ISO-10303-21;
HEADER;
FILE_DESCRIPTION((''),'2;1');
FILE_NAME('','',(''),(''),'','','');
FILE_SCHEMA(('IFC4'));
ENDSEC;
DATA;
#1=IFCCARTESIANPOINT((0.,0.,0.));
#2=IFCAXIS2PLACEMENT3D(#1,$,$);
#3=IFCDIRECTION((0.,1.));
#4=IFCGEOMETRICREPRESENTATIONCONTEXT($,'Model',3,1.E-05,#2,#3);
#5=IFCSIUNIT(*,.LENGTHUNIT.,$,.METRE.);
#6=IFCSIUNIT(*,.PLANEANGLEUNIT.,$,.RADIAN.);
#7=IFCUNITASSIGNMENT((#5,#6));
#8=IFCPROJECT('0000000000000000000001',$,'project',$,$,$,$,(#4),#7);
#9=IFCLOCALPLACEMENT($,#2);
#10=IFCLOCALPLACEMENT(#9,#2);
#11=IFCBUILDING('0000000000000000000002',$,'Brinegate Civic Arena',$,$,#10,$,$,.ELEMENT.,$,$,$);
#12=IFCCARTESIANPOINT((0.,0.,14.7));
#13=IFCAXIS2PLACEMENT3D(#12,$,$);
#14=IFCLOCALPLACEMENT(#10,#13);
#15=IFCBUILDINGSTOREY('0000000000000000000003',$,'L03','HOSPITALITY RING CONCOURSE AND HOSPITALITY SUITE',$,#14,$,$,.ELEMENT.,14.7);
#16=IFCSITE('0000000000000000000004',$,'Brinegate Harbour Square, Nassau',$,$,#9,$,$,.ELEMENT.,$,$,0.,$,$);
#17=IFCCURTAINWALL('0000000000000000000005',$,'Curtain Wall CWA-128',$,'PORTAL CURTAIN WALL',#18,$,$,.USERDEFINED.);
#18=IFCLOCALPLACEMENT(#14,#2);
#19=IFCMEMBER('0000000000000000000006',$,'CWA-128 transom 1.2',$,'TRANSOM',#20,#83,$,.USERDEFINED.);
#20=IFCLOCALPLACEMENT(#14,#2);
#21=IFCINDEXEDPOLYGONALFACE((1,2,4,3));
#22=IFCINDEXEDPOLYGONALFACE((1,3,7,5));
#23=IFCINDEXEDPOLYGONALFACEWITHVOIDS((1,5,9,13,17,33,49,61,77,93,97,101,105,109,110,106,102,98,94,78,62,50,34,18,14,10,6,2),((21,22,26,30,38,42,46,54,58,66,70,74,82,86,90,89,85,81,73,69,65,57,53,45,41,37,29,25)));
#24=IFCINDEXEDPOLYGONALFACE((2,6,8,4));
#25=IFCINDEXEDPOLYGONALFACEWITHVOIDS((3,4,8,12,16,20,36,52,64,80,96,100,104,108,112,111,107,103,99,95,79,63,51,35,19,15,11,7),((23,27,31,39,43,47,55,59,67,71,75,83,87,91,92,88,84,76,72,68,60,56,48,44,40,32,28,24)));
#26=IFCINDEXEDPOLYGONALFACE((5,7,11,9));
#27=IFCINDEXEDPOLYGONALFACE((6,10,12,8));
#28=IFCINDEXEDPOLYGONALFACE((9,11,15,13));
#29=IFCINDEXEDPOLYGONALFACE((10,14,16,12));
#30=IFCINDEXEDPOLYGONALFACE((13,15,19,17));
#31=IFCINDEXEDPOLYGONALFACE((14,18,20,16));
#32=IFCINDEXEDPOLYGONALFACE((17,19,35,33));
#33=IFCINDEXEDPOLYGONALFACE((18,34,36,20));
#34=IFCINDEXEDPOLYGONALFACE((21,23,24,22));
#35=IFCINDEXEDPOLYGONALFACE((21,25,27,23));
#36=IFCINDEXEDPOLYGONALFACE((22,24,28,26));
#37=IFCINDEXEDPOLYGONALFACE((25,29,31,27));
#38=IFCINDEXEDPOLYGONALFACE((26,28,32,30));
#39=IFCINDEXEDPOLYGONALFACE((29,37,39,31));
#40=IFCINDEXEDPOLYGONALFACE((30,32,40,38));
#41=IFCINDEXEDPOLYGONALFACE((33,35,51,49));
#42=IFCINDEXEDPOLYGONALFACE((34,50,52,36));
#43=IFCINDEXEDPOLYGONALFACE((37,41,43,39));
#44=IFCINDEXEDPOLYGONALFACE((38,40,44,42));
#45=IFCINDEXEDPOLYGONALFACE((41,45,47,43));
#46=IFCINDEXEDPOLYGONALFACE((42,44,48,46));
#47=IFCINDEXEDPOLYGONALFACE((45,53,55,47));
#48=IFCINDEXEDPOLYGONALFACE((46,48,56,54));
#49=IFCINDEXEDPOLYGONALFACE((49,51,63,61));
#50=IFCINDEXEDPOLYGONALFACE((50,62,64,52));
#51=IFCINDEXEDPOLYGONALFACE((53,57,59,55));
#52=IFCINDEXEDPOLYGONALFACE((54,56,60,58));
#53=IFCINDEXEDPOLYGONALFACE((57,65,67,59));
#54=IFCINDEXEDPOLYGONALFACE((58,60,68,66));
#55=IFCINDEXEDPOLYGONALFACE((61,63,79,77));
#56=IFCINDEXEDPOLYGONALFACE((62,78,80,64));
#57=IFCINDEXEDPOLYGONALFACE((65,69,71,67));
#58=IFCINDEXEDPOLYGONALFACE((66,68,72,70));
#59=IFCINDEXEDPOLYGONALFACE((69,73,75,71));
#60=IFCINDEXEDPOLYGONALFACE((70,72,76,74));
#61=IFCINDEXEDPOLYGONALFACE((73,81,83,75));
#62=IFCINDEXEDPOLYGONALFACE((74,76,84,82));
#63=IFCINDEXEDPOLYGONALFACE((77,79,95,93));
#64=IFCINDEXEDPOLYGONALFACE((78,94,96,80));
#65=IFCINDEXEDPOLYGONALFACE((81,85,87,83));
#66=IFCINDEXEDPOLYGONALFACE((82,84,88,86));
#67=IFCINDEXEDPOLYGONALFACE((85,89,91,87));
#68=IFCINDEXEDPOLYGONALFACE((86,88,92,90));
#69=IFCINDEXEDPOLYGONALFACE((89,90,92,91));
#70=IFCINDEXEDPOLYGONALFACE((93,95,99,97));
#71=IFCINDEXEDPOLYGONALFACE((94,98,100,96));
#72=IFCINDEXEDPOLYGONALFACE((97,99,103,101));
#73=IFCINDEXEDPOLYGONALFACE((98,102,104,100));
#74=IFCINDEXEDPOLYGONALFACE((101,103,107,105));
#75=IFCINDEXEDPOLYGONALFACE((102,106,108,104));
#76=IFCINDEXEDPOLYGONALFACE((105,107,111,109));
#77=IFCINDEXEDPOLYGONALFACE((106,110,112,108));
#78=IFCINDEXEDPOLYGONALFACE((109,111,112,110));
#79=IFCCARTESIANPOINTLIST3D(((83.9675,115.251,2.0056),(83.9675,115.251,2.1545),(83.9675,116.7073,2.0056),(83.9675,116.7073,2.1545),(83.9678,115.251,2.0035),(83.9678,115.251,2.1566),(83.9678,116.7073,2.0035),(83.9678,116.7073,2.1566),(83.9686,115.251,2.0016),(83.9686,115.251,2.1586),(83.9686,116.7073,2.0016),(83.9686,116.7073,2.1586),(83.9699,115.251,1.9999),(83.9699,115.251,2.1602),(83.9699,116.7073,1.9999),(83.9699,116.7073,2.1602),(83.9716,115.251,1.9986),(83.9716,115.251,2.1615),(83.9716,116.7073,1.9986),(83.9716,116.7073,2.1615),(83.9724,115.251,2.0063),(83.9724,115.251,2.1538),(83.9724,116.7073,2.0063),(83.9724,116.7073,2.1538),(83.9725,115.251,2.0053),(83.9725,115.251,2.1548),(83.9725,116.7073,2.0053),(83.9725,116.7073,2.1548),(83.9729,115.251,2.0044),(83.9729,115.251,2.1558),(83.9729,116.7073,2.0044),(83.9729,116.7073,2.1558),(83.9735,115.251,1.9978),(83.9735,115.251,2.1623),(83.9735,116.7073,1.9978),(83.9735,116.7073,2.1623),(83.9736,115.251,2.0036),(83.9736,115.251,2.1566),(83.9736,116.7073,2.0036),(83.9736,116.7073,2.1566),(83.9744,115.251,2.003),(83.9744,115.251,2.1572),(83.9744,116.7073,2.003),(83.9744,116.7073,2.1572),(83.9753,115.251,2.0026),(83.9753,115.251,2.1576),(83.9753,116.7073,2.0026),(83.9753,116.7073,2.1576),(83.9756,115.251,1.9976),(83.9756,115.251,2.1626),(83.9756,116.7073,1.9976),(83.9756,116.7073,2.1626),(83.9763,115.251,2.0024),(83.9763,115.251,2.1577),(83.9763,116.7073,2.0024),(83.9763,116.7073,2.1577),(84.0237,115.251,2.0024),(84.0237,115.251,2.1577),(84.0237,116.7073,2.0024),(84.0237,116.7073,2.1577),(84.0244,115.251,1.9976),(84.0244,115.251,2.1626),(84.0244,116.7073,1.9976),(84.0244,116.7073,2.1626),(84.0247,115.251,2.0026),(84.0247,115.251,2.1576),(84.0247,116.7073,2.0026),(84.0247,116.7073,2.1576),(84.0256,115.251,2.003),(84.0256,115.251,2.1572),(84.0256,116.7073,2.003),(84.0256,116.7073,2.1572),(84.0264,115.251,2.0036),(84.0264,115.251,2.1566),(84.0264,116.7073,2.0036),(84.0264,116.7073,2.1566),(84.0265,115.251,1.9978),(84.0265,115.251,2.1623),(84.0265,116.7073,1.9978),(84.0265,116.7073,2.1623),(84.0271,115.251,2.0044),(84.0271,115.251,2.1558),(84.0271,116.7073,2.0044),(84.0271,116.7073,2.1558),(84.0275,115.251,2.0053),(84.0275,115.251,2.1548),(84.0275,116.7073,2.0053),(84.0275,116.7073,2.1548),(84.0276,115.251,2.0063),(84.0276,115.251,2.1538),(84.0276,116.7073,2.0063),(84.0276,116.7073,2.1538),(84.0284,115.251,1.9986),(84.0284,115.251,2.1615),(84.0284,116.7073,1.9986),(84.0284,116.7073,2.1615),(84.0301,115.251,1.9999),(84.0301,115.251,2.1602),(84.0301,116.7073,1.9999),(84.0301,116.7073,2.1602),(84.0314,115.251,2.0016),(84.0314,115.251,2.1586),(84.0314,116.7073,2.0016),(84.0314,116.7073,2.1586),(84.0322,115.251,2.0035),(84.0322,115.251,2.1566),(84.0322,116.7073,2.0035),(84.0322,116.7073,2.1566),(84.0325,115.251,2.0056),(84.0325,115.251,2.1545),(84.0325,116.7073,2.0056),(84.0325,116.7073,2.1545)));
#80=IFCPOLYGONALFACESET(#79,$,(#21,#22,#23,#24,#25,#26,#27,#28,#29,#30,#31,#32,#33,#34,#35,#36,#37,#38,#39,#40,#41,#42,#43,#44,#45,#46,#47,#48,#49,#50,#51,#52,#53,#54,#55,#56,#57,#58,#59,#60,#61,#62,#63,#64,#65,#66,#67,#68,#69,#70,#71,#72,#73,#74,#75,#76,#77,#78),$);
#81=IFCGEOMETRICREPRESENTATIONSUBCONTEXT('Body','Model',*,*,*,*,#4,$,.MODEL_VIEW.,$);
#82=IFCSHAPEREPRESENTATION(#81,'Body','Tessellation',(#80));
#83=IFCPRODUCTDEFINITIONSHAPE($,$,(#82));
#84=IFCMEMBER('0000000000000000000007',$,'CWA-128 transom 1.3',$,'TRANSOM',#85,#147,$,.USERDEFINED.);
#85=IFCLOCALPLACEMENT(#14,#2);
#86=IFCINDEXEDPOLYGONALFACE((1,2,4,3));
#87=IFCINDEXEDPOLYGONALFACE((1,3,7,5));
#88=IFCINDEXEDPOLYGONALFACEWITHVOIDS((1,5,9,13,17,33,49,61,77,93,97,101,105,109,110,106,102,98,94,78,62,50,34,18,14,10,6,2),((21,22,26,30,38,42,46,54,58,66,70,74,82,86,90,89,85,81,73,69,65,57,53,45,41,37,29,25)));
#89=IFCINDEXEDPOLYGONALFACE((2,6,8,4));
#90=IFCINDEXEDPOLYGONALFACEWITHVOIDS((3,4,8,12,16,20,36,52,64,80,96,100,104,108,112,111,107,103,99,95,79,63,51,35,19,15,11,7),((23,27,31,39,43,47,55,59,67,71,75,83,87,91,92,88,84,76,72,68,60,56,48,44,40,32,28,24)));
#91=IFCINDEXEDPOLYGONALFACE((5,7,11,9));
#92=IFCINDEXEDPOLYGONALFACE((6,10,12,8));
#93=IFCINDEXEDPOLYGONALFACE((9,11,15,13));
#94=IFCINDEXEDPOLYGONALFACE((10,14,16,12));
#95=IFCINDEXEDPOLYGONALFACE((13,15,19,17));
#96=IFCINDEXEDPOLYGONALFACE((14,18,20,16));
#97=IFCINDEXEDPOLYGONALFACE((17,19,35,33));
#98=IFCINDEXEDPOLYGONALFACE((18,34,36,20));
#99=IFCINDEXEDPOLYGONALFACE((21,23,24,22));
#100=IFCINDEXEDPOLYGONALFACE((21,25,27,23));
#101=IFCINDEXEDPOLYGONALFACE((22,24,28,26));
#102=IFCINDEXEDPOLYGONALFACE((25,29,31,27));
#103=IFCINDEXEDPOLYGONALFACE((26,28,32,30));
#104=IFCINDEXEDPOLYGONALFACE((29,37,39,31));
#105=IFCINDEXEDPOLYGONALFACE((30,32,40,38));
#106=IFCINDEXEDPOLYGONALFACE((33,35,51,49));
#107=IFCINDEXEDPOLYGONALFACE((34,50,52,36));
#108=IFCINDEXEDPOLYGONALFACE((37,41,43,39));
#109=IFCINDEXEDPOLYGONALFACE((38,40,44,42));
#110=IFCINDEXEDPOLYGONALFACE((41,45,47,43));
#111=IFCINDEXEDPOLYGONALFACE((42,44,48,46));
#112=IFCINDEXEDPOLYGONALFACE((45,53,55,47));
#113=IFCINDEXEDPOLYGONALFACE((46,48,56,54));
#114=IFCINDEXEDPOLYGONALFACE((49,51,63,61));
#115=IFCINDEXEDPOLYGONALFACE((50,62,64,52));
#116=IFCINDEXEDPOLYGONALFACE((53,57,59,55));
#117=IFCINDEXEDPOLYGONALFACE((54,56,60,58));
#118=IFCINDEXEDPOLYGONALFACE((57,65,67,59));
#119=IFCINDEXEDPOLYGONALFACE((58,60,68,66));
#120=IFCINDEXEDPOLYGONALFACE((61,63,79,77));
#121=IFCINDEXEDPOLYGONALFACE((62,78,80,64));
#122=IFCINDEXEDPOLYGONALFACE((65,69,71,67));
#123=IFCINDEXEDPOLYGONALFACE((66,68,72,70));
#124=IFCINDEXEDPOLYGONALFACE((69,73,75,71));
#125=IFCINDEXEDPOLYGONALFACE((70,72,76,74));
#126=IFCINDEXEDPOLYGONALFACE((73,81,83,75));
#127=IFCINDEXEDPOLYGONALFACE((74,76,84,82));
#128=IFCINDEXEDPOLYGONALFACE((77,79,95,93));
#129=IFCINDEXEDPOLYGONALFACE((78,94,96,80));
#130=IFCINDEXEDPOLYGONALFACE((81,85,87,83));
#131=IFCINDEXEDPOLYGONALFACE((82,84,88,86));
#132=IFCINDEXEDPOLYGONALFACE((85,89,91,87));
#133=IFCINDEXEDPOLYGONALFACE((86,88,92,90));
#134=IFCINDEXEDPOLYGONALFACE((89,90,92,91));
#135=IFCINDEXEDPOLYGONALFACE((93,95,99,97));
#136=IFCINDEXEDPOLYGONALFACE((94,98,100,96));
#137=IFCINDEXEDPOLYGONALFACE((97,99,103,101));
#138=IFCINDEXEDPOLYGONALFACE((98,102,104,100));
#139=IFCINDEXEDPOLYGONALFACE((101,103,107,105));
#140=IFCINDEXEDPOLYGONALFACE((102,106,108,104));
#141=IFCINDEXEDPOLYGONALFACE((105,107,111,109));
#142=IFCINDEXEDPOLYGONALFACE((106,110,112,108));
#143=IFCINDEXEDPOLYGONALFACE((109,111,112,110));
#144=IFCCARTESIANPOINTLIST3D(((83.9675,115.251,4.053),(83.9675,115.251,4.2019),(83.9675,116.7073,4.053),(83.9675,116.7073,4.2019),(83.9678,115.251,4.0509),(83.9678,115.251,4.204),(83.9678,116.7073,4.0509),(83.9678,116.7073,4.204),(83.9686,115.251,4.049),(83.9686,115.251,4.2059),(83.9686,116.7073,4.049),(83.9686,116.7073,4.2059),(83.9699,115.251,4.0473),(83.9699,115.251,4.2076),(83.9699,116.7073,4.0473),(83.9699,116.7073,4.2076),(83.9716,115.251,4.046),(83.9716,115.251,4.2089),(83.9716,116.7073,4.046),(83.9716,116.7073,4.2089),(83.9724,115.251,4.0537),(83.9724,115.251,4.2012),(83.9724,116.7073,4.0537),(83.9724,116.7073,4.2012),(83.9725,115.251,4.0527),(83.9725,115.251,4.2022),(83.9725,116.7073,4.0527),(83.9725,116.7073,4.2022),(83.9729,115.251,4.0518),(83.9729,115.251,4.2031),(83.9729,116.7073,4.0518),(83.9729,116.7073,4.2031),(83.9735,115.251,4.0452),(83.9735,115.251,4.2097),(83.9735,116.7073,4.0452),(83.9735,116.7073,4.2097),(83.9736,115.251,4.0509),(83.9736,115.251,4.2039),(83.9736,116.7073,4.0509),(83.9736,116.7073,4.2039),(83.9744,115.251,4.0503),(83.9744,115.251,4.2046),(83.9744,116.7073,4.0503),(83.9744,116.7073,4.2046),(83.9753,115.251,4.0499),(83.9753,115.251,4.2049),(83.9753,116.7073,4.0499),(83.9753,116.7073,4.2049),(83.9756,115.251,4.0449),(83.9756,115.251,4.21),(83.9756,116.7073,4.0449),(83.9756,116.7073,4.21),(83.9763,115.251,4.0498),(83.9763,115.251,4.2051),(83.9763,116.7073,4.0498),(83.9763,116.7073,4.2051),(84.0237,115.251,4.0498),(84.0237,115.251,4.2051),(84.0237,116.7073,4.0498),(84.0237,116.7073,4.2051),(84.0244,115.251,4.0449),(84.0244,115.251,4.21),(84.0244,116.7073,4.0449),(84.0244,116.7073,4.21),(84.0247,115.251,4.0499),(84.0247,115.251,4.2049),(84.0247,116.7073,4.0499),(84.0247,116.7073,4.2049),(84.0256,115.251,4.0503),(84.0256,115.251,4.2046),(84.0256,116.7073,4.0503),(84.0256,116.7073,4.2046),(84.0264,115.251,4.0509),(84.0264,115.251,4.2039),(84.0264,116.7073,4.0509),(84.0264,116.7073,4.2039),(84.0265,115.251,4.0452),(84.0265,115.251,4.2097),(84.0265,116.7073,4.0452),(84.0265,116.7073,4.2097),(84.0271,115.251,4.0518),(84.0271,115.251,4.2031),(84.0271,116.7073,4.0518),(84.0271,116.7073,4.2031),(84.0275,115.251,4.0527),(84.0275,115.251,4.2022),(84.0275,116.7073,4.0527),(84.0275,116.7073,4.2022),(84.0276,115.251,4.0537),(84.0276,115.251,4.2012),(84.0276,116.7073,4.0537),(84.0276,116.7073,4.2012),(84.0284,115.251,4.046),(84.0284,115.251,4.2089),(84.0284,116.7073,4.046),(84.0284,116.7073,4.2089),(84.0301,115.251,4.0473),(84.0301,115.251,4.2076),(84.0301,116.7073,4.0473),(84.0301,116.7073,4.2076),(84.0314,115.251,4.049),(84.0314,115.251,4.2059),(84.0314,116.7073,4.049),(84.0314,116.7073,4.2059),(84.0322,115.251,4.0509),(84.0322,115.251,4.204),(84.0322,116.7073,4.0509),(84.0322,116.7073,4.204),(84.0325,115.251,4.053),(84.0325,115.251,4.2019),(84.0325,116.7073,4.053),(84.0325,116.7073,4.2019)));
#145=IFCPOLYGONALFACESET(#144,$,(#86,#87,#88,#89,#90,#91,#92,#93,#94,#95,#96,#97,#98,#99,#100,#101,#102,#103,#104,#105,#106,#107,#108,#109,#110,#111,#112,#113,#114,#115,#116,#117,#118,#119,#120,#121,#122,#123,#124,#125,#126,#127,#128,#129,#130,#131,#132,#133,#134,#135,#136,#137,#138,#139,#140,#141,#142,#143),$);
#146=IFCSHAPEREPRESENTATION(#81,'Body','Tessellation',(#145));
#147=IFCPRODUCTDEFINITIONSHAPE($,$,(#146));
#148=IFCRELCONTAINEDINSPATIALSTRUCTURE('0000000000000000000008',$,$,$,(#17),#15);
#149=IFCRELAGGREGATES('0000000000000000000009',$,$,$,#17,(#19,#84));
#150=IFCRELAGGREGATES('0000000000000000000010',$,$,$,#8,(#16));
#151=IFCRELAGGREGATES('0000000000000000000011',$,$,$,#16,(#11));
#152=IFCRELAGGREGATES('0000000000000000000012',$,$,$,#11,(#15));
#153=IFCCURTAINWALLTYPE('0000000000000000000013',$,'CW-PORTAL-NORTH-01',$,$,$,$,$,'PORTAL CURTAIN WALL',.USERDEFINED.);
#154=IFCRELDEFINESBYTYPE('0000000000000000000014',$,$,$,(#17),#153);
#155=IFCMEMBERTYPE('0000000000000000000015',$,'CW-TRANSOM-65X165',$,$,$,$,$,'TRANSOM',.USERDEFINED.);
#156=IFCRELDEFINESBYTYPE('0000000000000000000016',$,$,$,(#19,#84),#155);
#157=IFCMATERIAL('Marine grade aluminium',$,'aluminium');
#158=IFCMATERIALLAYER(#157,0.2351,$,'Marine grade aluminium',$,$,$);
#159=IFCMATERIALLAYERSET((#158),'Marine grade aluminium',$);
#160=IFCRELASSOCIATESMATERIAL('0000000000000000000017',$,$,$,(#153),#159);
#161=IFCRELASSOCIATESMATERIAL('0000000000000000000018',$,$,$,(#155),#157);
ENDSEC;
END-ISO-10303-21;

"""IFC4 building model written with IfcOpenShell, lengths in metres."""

from ifc_helpers import new_model, si_unit, direction, frame, origin, origin_2d, place, context, subcontext, project, spatial, hollow_rectangle, extrude, material, layer, layer_set, material_profile, profile_set, type_object, element, aggregate, save


model = new_model("IFC4")

# Units and contexts
model_context = context("Model", 3, precision=1e-05, world=origin(), true_north=direction((0.0, 1.0)))
body_context = subcontext(model_context, "Body", "Model", "MODEL_VIEW")
ifc_project = project(units=[si_unit("LENGTHUNIT", "METRE"), si_unit("PLANEANGLEUNIT", "RADIAN")], contexts=[model_context])

# Site, building, storey
site_placement = place(None, origin())
site = spatial("IfcSite", under=ifc_project, at=site_placement, Name="Brinegate Harbour Square, Nassau", CompositionType="ELEMENT", RefElevation=0.0)
building_placement = place(site_placement, origin())
building = spatial("IfcBuilding", under=site, at=building_placement, Name="Brinegate Civic Arena", CompositionType="ELEMENT")
storey_placement = place(building_placement, frame((0.0, 0.0, 14.7)))
storey = spatial("IfcBuildingStorey", under=building, at=storey_placement, Name="L03", Description="HOSPITALITY RING CONCOURSE AND HOSPITALITY SUITE", CompositionType="ELEMENT", Elevation=14.7)

# Curtain wall, members
ifc_material_1 = material(Name="Marine grade aluminium", Category="aluminium")
ifc_layer_1 = layer(ifc_material_1, 0.2351, Name="Marine grade aluminium")
ifc_layer_set_1 = layer_set([ifc_layer_1], Name="Marine grade aluminium")
curtain_wall_type = type_object("IfcCurtainWallType", Name="CW-PORTAL-NORTH-01", ElementType="PORTAL CURTAIN WALL", PredefinedType="USERDEFINED", material=ifc_layer_set_1)
curtain_wall_placement = place(storey_placement, origin())
curtain_wall = element("IfcCurtainWall", 1, at=curtain_wall_placement, inside=storey, type_object=curtain_wall_type, Name="Curtain Wall CWA-128", ObjectType="PORTAL CURTAIN WALL", PredefinedType="USERDEFINED")
ifc_material_profile_1 = material_profile(ifc_material_1, hollow_rectangle(XDim=0.0649, YDim=0.165, WallThickness=0.0049, InnerFilletRadius=0.0039, OuterFilletRadius=0.0081, at=origin_2d()), Name="TRN65X165")
ifc_profile_set_1 = profile_set([ifc_material_profile_1], Name="Marine grade aluminium")
member_type_1 = type_object("IfcMemberType", Name="CW-TRANSOM-65X165", ElementType="TRANSOM", PredefinedType="USERDEFINED", material=ifc_profile_set_1)
member_1_placement = place(storey_placement, frame((84.0, 115.251, 2.0801), z_axis=(0.0, 1.0, 0.0), x_axis=(-1.0, 0.0, 0.0)))
member_1 = element("IfcMember", 2, at=member_1_placement, type_object=member_type_1, Name="CWA-128 transom 1.2", ObjectType="TRANSOM", PredefinedType="USERDEFINED", context=body_context, shape_type="SweptSolid", body=[
    extrude(hollow_rectangle(XDim=0.0649, YDim=0.165, WallThickness=0.0049, InnerFilletRadius=0.0039, OuterFilletRadius=0.0081, at=origin_2d()), origin(), (0.0, 0.0, 1.0), 1.4563),
])
member_2_placement = place(storey_placement, frame((84.0, 115.251, 4.1274), z_axis=(0.0, 1.0, 0.0), x_axis=(-1.0, 0.0, 0.0)))
member_2 = element("IfcMember", 3, at=member_2_placement, type_object=member_type_1, Name="CWA-128 transom 1.3", ObjectType="TRANSOM", PredefinedType="USERDEFINED", context=body_context, shape_type="SweptSolid", body=[
    extrude(hollow_rectangle(XDim=0.0649, YDim=0.165, WallThickness=0.0049, InnerFilletRadius=0.0039, OuterFilletRadius=0.0081, at=origin_2d()), origin(), (0.0, 0.0, 1.0), 1.4563),
])

aggregate(curtain_wall, [member_1, member_2])

save(model, "model.ifc")
